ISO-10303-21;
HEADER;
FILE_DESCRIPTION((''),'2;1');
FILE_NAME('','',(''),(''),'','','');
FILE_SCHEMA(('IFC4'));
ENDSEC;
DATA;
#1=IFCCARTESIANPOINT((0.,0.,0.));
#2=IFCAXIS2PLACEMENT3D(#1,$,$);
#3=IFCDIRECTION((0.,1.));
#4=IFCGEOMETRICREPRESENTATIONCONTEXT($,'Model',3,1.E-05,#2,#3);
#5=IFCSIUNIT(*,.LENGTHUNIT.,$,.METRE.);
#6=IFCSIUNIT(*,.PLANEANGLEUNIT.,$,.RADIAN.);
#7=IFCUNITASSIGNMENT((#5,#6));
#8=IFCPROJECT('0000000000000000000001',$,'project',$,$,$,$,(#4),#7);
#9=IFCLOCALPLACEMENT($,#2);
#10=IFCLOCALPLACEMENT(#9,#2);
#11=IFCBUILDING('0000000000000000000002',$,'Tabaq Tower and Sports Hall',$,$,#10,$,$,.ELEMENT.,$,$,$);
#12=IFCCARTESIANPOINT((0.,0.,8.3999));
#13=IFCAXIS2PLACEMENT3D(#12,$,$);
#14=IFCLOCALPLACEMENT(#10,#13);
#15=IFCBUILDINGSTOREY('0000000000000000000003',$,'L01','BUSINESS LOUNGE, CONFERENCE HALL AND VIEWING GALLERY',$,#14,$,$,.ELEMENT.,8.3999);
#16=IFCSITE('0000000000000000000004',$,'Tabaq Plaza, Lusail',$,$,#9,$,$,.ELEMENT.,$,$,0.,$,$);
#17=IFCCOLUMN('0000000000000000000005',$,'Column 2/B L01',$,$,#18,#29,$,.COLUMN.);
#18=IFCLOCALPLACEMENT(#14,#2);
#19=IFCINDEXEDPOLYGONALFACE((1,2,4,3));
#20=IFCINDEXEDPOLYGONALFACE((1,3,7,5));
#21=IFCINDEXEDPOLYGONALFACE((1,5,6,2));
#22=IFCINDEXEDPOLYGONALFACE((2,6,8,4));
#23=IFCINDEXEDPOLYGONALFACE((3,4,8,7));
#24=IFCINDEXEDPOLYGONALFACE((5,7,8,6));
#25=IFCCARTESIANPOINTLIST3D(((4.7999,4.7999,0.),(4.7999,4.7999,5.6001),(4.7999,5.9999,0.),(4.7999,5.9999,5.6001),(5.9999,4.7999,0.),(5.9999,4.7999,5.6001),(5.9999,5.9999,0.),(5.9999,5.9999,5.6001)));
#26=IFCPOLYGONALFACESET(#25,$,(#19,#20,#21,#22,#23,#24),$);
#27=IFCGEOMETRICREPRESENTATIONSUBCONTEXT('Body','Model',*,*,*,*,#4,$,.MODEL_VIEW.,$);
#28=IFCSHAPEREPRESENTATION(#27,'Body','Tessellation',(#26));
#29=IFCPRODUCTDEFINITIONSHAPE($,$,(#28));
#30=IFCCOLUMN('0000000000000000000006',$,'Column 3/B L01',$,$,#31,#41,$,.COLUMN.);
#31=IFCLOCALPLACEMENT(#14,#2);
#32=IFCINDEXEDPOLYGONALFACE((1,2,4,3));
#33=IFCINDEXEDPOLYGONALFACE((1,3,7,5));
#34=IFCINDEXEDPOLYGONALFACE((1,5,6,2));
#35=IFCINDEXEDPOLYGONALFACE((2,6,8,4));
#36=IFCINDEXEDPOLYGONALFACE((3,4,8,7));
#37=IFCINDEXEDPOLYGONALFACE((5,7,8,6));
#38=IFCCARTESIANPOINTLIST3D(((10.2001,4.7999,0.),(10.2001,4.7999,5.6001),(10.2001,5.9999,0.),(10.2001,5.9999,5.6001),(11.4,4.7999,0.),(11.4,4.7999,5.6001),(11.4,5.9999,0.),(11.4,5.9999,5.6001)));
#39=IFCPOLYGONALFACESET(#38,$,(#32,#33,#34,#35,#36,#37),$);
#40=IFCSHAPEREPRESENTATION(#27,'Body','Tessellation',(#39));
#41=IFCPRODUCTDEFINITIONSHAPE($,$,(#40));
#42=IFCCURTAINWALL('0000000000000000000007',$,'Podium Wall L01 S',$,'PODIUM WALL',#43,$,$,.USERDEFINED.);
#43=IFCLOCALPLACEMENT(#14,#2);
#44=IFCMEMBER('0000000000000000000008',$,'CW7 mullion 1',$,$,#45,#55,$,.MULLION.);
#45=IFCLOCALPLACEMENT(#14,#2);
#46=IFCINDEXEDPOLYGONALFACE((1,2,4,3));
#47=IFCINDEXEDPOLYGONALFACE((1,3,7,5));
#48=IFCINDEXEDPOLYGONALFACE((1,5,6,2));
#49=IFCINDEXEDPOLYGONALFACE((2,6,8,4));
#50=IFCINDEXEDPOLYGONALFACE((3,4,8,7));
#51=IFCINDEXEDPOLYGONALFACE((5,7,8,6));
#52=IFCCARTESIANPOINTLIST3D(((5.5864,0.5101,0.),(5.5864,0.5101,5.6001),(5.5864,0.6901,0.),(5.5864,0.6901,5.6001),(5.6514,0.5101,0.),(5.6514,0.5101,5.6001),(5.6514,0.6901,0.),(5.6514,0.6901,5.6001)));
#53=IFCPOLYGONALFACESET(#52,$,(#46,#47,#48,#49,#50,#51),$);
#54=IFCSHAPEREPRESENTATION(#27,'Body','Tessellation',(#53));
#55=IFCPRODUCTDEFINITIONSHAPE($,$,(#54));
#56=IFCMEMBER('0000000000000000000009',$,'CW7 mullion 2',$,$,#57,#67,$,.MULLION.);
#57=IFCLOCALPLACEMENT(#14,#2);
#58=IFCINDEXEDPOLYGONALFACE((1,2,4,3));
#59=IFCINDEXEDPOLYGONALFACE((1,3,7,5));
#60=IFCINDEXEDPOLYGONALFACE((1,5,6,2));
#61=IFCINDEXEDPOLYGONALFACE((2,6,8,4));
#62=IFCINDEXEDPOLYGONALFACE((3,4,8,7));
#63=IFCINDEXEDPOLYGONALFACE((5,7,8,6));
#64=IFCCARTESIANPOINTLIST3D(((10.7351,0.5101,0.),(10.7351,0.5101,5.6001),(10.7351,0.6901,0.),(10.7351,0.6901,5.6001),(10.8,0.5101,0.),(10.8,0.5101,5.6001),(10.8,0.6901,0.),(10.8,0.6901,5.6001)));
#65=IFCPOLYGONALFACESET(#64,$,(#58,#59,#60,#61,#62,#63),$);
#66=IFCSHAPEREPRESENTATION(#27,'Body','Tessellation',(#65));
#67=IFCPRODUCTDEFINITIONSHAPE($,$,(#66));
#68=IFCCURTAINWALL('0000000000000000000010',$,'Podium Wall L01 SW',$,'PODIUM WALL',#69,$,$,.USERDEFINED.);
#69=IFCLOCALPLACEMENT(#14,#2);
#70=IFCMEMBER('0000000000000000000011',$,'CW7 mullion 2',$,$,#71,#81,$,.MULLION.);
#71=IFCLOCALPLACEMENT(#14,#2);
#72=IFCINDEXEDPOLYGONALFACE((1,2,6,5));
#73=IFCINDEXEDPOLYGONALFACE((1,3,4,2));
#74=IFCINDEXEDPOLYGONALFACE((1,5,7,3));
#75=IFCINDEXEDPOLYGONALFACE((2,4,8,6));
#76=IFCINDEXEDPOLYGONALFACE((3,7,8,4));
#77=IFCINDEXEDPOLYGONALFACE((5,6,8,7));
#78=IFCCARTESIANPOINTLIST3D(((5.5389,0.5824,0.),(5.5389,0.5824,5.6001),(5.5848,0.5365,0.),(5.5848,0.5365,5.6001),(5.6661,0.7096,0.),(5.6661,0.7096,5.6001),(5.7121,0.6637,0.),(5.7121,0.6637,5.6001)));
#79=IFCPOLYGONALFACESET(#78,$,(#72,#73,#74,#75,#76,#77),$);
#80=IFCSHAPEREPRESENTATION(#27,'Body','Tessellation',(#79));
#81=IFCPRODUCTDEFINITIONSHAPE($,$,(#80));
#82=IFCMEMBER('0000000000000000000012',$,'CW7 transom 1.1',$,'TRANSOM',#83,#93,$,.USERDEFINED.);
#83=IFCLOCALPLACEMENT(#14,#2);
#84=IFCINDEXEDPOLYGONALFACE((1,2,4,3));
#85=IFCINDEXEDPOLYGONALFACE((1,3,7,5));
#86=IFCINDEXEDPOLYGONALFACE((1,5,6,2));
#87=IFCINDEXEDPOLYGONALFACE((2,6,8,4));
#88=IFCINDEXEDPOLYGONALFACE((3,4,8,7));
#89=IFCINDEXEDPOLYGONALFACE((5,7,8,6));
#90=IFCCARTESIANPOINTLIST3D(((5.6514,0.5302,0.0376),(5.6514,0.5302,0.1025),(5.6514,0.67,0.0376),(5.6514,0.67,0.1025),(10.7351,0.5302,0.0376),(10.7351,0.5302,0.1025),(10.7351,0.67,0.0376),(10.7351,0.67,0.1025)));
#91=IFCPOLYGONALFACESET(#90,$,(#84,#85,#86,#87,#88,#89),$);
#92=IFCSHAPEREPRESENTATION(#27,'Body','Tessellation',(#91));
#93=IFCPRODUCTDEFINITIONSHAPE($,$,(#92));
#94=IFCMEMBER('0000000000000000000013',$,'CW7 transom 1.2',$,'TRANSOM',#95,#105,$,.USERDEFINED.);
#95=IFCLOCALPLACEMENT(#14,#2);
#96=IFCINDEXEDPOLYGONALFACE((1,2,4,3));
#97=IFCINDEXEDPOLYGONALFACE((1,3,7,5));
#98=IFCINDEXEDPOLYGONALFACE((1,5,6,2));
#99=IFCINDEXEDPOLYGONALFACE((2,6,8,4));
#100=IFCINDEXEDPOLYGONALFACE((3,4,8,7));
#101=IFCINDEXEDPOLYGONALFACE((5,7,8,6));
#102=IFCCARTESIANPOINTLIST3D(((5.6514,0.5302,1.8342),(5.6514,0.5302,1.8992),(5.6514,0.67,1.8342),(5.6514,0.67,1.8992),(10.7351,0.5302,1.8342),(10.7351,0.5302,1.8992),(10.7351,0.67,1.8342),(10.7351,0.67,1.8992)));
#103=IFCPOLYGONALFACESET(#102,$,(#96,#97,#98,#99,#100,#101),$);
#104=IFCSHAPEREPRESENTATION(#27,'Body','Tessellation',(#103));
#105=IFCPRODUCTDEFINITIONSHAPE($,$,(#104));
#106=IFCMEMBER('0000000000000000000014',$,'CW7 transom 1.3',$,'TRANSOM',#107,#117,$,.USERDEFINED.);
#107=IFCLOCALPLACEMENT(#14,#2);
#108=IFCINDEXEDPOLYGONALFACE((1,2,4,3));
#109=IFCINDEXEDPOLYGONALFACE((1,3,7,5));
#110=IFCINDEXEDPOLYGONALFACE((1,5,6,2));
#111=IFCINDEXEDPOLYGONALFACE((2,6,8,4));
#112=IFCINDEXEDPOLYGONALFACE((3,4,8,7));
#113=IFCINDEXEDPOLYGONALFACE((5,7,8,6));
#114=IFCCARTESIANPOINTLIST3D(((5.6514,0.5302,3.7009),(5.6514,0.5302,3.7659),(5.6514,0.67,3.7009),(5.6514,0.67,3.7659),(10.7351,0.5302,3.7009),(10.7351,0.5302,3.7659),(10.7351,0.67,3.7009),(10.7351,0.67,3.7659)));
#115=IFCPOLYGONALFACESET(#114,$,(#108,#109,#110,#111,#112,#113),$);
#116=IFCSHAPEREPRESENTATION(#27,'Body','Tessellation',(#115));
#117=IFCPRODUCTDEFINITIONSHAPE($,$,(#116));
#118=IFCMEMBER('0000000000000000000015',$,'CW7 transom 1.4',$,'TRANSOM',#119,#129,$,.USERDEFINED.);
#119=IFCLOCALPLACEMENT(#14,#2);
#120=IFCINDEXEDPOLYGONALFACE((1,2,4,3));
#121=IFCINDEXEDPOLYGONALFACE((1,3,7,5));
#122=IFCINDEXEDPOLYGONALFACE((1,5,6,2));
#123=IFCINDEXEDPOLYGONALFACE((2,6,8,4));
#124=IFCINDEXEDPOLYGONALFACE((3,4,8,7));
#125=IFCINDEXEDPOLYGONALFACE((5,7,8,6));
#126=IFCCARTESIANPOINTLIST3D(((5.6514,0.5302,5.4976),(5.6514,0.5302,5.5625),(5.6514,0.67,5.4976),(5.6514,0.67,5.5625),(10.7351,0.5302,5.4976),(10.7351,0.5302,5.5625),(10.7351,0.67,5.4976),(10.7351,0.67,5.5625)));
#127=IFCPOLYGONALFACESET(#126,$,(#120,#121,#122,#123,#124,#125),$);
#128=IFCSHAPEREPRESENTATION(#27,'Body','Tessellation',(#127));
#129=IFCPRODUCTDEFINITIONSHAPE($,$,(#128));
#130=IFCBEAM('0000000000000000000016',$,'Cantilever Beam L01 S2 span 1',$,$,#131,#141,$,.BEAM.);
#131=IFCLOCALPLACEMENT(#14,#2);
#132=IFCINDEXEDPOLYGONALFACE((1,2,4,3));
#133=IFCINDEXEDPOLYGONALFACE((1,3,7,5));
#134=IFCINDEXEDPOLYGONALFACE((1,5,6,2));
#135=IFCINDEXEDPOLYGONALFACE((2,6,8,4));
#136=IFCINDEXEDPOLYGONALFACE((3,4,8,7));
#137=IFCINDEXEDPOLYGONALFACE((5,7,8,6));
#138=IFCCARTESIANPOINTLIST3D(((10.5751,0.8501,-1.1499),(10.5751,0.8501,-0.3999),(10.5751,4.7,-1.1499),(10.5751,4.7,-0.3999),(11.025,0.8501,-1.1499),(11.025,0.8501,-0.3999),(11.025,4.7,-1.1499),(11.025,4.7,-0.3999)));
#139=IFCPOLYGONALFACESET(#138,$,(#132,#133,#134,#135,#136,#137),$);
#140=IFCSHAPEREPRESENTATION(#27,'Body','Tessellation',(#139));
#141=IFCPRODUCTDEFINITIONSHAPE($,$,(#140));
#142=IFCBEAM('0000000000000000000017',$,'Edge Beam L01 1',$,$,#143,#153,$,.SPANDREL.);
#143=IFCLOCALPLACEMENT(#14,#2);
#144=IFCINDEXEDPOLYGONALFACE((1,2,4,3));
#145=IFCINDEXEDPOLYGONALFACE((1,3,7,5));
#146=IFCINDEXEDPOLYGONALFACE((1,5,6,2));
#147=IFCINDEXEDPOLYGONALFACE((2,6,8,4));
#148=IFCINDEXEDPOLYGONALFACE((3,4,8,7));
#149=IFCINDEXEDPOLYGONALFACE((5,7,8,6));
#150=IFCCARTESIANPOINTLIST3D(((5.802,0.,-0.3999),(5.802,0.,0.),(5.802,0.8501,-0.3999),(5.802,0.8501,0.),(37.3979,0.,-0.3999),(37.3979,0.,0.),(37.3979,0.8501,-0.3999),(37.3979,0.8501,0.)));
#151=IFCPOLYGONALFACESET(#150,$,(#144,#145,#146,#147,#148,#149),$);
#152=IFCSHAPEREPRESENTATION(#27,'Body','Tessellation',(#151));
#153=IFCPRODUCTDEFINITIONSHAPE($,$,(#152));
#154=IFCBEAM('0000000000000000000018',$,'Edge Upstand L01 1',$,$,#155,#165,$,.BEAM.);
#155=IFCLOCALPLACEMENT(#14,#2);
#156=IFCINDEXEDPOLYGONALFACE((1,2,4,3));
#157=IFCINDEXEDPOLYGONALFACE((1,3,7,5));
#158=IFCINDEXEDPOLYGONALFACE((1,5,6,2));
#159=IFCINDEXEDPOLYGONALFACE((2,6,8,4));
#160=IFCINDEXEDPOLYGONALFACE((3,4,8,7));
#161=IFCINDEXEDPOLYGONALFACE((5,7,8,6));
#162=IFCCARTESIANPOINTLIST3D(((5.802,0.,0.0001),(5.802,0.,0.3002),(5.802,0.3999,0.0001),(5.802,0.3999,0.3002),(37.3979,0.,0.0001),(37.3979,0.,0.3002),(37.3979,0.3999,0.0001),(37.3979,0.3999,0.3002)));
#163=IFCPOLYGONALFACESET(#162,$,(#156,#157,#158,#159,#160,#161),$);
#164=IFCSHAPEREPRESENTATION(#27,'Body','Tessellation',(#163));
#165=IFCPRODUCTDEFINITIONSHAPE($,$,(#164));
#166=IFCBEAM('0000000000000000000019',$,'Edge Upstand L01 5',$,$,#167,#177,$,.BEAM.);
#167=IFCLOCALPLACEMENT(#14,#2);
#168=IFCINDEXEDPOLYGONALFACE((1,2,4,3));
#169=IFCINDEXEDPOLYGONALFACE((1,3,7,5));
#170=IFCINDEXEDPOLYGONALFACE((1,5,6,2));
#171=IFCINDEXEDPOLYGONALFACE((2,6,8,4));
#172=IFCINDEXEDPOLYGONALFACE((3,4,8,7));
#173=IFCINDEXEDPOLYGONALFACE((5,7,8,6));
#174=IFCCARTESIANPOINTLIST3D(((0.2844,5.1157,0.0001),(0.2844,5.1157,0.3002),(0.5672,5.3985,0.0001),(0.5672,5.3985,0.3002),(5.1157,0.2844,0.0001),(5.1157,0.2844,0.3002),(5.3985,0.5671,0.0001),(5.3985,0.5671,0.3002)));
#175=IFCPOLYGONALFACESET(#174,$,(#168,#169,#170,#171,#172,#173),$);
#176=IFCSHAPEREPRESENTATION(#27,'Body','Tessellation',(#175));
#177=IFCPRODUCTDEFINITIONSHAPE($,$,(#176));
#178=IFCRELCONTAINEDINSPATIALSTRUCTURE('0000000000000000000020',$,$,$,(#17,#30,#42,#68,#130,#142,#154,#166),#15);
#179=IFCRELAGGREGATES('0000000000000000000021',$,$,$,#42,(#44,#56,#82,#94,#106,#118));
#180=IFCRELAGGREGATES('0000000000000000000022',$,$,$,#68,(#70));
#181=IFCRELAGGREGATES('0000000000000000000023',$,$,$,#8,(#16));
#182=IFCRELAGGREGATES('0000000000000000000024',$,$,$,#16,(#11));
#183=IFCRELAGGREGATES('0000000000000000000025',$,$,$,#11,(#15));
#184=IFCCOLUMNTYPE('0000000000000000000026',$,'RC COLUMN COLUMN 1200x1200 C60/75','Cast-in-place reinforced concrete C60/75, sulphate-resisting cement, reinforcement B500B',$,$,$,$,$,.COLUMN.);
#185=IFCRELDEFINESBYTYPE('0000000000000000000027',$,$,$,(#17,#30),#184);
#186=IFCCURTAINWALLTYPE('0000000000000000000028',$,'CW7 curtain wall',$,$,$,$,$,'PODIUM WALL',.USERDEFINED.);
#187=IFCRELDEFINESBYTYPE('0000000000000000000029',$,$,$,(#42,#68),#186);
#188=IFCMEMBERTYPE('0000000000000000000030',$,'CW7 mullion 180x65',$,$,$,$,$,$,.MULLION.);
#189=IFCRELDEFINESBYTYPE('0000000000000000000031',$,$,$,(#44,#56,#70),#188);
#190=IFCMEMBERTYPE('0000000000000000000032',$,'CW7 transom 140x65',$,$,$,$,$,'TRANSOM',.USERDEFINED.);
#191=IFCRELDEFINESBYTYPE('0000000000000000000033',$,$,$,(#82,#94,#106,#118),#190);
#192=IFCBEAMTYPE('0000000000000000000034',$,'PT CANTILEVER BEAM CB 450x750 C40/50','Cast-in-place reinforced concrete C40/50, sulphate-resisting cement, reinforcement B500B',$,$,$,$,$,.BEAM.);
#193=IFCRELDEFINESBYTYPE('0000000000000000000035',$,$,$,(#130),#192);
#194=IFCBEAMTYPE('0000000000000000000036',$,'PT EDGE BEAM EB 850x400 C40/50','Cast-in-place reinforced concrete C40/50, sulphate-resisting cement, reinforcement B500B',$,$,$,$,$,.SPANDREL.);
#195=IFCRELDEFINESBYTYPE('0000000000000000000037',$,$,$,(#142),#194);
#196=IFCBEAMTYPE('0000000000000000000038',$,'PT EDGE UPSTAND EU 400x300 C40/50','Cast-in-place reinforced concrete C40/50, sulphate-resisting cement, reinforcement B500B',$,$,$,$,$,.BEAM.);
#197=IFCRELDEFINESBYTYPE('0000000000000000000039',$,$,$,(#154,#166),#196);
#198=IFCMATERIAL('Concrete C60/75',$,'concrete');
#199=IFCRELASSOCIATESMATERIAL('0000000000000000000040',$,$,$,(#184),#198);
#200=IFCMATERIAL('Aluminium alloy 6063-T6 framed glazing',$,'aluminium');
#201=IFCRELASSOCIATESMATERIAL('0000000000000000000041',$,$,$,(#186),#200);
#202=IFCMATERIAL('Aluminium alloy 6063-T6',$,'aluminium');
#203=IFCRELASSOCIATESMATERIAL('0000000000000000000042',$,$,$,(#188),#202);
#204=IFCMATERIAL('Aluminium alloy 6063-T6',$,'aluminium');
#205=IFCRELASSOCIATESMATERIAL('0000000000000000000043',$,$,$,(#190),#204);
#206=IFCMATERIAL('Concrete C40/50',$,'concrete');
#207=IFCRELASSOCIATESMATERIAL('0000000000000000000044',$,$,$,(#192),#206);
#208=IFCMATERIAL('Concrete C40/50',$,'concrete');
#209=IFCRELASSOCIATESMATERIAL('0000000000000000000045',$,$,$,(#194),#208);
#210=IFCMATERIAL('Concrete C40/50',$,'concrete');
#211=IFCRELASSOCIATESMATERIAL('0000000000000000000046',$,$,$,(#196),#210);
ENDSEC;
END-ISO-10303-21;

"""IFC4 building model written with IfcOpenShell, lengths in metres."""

from ifc_helpers import new_model, si_unit, direction, frame, origin, origin_2d, place, context, subcontext, project, spatial, rectangle, extrude, material, material_profile, profile_set, type_object, element, aggregate, save


model = new_model("IFC4")

# Units and contexts
model_context = context("Model", 3, precision=1e-05, world=origin(), true_north=direction((0.0, 1.0)))
body_context = subcontext(model_context, "Body", "Model", "MODEL_VIEW")
ifc_project = project(units=[si_unit("LENGTHUNIT", "METRE"), si_unit("PLANEANGLEUNIT", "RADIAN")], contexts=[model_context])

# Site, building, storey
site_placement = place(None, origin())
site = spatial("IfcSite", under=ifc_project, at=site_placement, Name="Tabaq Plaza, Lusail", CompositionType="ELEMENT", RefElevation=0.0)
building_placement = place(site_placement, origin())
building = spatial("IfcBuilding", under=site, at=building_placement, Name="Tabaq Tower and Sports Hall", CompositionType="ELEMENT")
storey_placement = place(building_placement, frame((0.0, 0.0, 8.3999)))
storey = spatial("IfcBuildingStorey", under=building, at=storey_placement, Name="L01", Description="BUSINESS LOUNGE, CONFERENCE HALL AND VIEWING GALLERY", CompositionType="ELEMENT", Elevation=8.3999)

# Columns
ifc_material_1 = material(Name="Concrete C60/75", Category="concrete")
ifc_material_profile_1 = material_profile(ifc_material_1, rectangle(XDim=1.2, YDim=1.2, at=origin_2d()), Name="COLUMN 1200x1200")
ifc_profile_set_1 = profile_set([ifc_material_profile_1], Name="Concrete C60/75")
column_type = type_object("IfcColumnType", Name="RC COLUMN COLUMN 1200x1200 C60/75", Description="Cast-in-place reinforced concrete C60/75, sulphate-resisting cement, reinforcement B500B", PredefinedType="COLUMN", material=ifc_profile_set_1)
for number, where, z_axis, x_axis, name in (
    (1, (5.3999, 5.3999, 0.0), (0.0, 0.0, 1.0), (1.0, 0.0, 0.0), "Column 2/B L01"),
    (2, (10.8, 5.3999, 0.0), (0.0, 0.0, 1.0), (1.0, 0.0, 0.0), "Column 3/B L01"),
):
    element("IfcColumn", number, at=place(storey_placement, frame(where, z_axis=z_axis, x_axis=x_axis)), inside=storey, type_object=column_type, Name=name, PredefinedType="COLUMN", context=body_context, shape_type="SweptSolid", body=[
        extrude(rectangle(XDim=1.2, YDim=1.2, at=origin_2d()), origin(), (0.0, 0.0, 1.0), 5.6001),
    ])

# Curtain wall, members
ifc_material_2 = material(Name="Aluminium alloy 6063-T6 framed glazing", Category="aluminium")
curtain_wall_type = type_object("IfcCurtainWallType", Name="CW7 curtain wall", ElementType="PODIUM WALL", PredefinedType="USERDEFINED", material=ifc_material_2)
curtain_wall_1_placement = place(storey_placement, origin())
curtain_wall_1 = element("IfcCurtainWall", 3, at=curtain_wall_1_placement, inside=storey, type_object=curtain_wall_type, Name="Podium Wall L01 S", ObjectType="PODIUM WALL", PredefinedType="USERDEFINED")
ifc_material_3 = material(Name="Aluminium alloy 6063-T6", Category="aluminium")
ifc_material_profile_2 = material_profile(ifc_material_3, rectangle(XDim=0.1799, YDim=0.0649, at=origin_2d()), Name="MULLION 180x65")
ifc_profile_set_2 = profile_set([ifc_material_profile_2], Name="Aluminium alloy 6063-T6")
member_type_1 = type_object("IfcMemberType", Name="CW7 mullion 180x65", PredefinedType="MULLION", material=ifc_profile_set_2)
member_1_placement = place(storey_placement, frame((5.6189, 0.6001, 0.0), z_axis=(0.0, 0.0, 1.0), x_axis=(0.0, 1.0, 0.0)))
member_1 = element("IfcMember", 4, at=member_1_placement, type_object=member_type_1, Name="CW7 mullion 1", PredefinedType="MULLION", context=body_context, shape_type="SweptSolid", body=[
    extrude(rectangle(XDim=0.1799, YDim=0.0649, at=origin_2d()), origin(), (0.0, 0.0, 1.0), 5.6001),
])
member_2_placement = place(storey_placement, frame((10.7676, 0.6001, 0.0), z_axis=(0.0, 0.0, 1.0), x_axis=(0.0, 1.0, 0.0)))
member_2 = element("IfcMember", 5, at=member_2_placement, type_object=member_type_1, Name="CW7 mullion 2", PredefinedType="MULLION", context=body_context, shape_type="SweptSolid", body=[
    extrude(rectangle(XDim=0.1799, YDim=0.0649, at=origin_2d()), origin(), (0.0, 0.0, 1.0), 5.6001),
])

# Curtain wall, member
curtain_wall_2_placement = place(storey_placement, origin())
curtain_wall_2 = element("IfcCurtainWall", 6, at=curtain_wall_2_placement, inside=storey, type_object=curtain_wall_type, Name="Podium Wall L01 SW", ObjectType="PODIUM WALL", PredefinedType="USERDEFINED")
member_3_placement = place(storey_placement, frame((5.6255, 0.623, 0.0), z_axis=(0.0, 0.0, 1.0), x_axis=(0.707107, 0.707107, 0.0)))
member_3 = element("IfcMember", 7, at=member_3_placement, type_object=member_type_1, Name="CW7 mullion 2", PredefinedType="MULLION", context=body_context, shape_type="SweptSolid", body=[
    extrude(rectangle(XDim=0.1799, YDim=0.0649, at=origin_2d()), origin(), (0.0, 0.0, 1.0), 5.6001),
])

# Members
ifc_material_4 = material(Name="Aluminium alloy 6063-T6", Category="aluminium")
ifc_material_profile_3 = material_profile(ifc_material_4, rectangle(XDim=0.1399, YDim=0.0649, at=origin_2d()), Name="TRANSOM 140x65")
ifc_profile_set_3 = profile_set([ifc_material_profile_3], Name="Aluminium alloy 6063-T6")
member_type_2 = type_object("IfcMemberType", Name="CW7 transom 140x65", ElementType="TRANSOM", PredefinedType="USERDEFINED", material=ifc_profile_set_3)
member_4_placement = place(storey_placement, frame((5.6514, 0.6001, 0.0701), z_axis=(1.0, 0.0, 0.0), x_axis=(0.0, 1.0, 0.0)))
member_4 = element("IfcMember", 8, at=member_4_placement, type_object=member_type_2, Name="CW7 transom 1.1", ObjectType="TRANSOM", PredefinedType="USERDEFINED", context=body_context, shape_type="SweptSolid", body=[
    extrude(rectangle(XDim=0.1399, YDim=0.0649, at=origin_2d()), origin(), (0.0, 0.0, 1.0), 5.0837),
])
member_5_placement = place(storey_placement, frame((5.6514, 0.6001, 1.8667), z_axis=(1.0, 0.0, 0.0), x_axis=(0.0, 1.0, 0.0)))
member_5 = element("IfcMember", 9, at=member_5_placement, type_object=member_type_2, Name="CW7 transom 1.2", ObjectType="TRANSOM", PredefinedType="USERDEFINED", context=body_context, shape_type="SweptSolid", body=[
    extrude(rectangle(XDim=0.1399, YDim=0.0649, at=origin_2d()), origin(), (0.0, 0.0, 1.0), 5.0837),
])
member_6_placement = place(storey_placement, frame((5.6514, 0.6001, 3.7334), z_axis=(1.0, 0.0, 0.0), x_axis=(0.0, 1.0, 0.0)))
member_6 = element("IfcMember", 10, at=member_6_placement, type_object=member_type_2, Name="CW7 transom 1.3", ObjectType="TRANSOM", PredefinedType="USERDEFINED", context=body_context, shape_type="SweptSolid", body=[
    extrude(rectangle(XDim=0.1399, YDim=0.0649, at=origin_2d()), origin(), (0.0, 0.0, 1.0), 5.0837),
])
member_7_placement = place(storey_placement, frame((5.6514, 0.6001, 5.53), z_axis=(1.0, 0.0, 0.0), x_axis=(0.0, 1.0, 0.0)))
member_7 = element("IfcMember", 11, at=member_7_placement, type_object=member_type_2, Name="CW7 transom 1.4", ObjectType="TRANSOM", PredefinedType="USERDEFINED", context=body_context, shape_type="SweptSolid", body=[
    extrude(rectangle(XDim=0.1399, YDim=0.0649, at=origin_2d()), origin(), (0.0, 0.0, 1.0), 5.0837),
])

# Beams
ifc_material_5 = material(Name="Concrete C40/50", Category="concrete")
ifc_material_profile_4 = material_profile(ifc_material_5, rectangle(XDim=0.45, YDim=0.75, at=origin_2d()), Name="CB 450x750")
ifc_profile_set_4 = profile_set([ifc_material_profile_4], Name="Concrete C40/50")
beam_type_1 = type_object("IfcBeamType", Name="PT CANTILEVER BEAM CB 450x750 C40/50", Description="Cast-in-place reinforced concrete C40/50, sulphate-resisting cement, reinforcement B500B", PredefinedType="BEAM", material=ifc_profile_set_4)
beam_1_placement = place(storey_placement, frame((10.8, 0.8501, -0.7749), z_axis=(0.0, 1.0, 0.0), x_axis=(-1.0, 0.0, 0.0)))
element("IfcBeam", 12, at=beam_1_placement, inside=storey, type_object=beam_type_1, Name="Cantilever Beam L01 S2 span 1", PredefinedType="BEAM", context=body_context, shape_type="SweptSolid", body=[
    extrude(rectangle(XDim=0.45, YDim=0.75, at=origin_2d()), origin(), (0.0, 0.0, 1.0), 3.8499),
])
ifc_material_6 = material(Name="Concrete C40/50", Category="concrete")
ifc_material_profile_5 = material_profile(ifc_material_6, rectangle(XDim=0.8501, YDim=0.3999, at=origin_2d()), Name="EB 850x400")
ifc_profile_set_5 = profile_set([ifc_material_profile_5], Name="Concrete C40/50")
beam_type_2 = type_object("IfcBeamType", Name="PT EDGE BEAM EB 850x400 C40/50", Description="Cast-in-place reinforced concrete C40/50, sulphate-resisting cement, reinforcement B500B", PredefinedType="SPANDREL", material=ifc_profile_set_5)
beam_2_placement = place(storey_placement, frame((5.802, 0.425, -0.2), z_axis=(1.0, 0.0, 0.0), x_axis=(0.0, 1.0, 0.0)))
element("IfcBeam", 13, at=beam_2_placement, inside=storey, type_object=beam_type_2, Name="Edge Beam L01 1", PredefinedType="SPANDREL", context=body_context, shape_type="SweptSolid", body=[
    extrude(rectangle(XDim=0.8501, YDim=0.3999, at=origin_2d()), origin(), (0.0, 0.0, 1.0), 31.5959),
])
ifc_material_7 = material(Name="Concrete C40/50", Category="concrete")
ifc_material_profile_6 = material_profile(ifc_material_7, rectangle(XDim=0.3999, YDim=0.3, at=origin_2d()), Name="EU 400x300")
ifc_profile_set_6 = profile_set([ifc_material_profile_6], Name="Concrete C40/50")
beam_type_3 = type_object("IfcBeamType", Name="PT EDGE UPSTAND EU 400x300 C40/50", Description="Cast-in-place reinforced concrete C40/50, sulphate-resisting cement, reinforcement B500B", PredefinedType="BEAM", material=ifc_profile_set_6)
beam_3_placement = place(storey_placement, frame((5.802, 0.2, 0.1501), z_axis=(1.0, 0.0, 0.0), x_axis=(0.0, 1.0, 0.0)))
element("IfcBeam", 14, at=beam_3_placement, inside=storey, type_object=beam_type_3, Name="Edge Upstand L01 1", PredefinedType="BEAM", context=body_context, shape_type="SweptSolid", body=[
    extrude(rectangle(XDim=0.3999, YDim=0.3, at=origin_2d()), origin(), (0.0, 0.0, 1.0), 31.5959),
])
beam_4_placement = place(storey_placement, frame((0.4258, 5.2571, 0.1501), z_axis=(0.707107, -0.707107, 0.0), x_axis=(0.707107, 0.707107, 0.0)))
element("IfcBeam", 15, at=beam_4_placement, inside=storey, type_object=beam_type_3, Name="Edge Upstand L01 5", PredefinedType="BEAM", context=body_context, shape_type="SweptSolid", body=[
    extrude(rectangle(XDim=0.3999, YDim=0.3, at=origin_2d()), origin(), (0.0, 0.0, 1.0), 6.8325),
])

aggregate(curtain_wall_1, [member_1, member_2, member_4, member_5, member_6, member_7])
aggregate(curtain_wall_2, [member_3])

save(model, "model.ifc")
